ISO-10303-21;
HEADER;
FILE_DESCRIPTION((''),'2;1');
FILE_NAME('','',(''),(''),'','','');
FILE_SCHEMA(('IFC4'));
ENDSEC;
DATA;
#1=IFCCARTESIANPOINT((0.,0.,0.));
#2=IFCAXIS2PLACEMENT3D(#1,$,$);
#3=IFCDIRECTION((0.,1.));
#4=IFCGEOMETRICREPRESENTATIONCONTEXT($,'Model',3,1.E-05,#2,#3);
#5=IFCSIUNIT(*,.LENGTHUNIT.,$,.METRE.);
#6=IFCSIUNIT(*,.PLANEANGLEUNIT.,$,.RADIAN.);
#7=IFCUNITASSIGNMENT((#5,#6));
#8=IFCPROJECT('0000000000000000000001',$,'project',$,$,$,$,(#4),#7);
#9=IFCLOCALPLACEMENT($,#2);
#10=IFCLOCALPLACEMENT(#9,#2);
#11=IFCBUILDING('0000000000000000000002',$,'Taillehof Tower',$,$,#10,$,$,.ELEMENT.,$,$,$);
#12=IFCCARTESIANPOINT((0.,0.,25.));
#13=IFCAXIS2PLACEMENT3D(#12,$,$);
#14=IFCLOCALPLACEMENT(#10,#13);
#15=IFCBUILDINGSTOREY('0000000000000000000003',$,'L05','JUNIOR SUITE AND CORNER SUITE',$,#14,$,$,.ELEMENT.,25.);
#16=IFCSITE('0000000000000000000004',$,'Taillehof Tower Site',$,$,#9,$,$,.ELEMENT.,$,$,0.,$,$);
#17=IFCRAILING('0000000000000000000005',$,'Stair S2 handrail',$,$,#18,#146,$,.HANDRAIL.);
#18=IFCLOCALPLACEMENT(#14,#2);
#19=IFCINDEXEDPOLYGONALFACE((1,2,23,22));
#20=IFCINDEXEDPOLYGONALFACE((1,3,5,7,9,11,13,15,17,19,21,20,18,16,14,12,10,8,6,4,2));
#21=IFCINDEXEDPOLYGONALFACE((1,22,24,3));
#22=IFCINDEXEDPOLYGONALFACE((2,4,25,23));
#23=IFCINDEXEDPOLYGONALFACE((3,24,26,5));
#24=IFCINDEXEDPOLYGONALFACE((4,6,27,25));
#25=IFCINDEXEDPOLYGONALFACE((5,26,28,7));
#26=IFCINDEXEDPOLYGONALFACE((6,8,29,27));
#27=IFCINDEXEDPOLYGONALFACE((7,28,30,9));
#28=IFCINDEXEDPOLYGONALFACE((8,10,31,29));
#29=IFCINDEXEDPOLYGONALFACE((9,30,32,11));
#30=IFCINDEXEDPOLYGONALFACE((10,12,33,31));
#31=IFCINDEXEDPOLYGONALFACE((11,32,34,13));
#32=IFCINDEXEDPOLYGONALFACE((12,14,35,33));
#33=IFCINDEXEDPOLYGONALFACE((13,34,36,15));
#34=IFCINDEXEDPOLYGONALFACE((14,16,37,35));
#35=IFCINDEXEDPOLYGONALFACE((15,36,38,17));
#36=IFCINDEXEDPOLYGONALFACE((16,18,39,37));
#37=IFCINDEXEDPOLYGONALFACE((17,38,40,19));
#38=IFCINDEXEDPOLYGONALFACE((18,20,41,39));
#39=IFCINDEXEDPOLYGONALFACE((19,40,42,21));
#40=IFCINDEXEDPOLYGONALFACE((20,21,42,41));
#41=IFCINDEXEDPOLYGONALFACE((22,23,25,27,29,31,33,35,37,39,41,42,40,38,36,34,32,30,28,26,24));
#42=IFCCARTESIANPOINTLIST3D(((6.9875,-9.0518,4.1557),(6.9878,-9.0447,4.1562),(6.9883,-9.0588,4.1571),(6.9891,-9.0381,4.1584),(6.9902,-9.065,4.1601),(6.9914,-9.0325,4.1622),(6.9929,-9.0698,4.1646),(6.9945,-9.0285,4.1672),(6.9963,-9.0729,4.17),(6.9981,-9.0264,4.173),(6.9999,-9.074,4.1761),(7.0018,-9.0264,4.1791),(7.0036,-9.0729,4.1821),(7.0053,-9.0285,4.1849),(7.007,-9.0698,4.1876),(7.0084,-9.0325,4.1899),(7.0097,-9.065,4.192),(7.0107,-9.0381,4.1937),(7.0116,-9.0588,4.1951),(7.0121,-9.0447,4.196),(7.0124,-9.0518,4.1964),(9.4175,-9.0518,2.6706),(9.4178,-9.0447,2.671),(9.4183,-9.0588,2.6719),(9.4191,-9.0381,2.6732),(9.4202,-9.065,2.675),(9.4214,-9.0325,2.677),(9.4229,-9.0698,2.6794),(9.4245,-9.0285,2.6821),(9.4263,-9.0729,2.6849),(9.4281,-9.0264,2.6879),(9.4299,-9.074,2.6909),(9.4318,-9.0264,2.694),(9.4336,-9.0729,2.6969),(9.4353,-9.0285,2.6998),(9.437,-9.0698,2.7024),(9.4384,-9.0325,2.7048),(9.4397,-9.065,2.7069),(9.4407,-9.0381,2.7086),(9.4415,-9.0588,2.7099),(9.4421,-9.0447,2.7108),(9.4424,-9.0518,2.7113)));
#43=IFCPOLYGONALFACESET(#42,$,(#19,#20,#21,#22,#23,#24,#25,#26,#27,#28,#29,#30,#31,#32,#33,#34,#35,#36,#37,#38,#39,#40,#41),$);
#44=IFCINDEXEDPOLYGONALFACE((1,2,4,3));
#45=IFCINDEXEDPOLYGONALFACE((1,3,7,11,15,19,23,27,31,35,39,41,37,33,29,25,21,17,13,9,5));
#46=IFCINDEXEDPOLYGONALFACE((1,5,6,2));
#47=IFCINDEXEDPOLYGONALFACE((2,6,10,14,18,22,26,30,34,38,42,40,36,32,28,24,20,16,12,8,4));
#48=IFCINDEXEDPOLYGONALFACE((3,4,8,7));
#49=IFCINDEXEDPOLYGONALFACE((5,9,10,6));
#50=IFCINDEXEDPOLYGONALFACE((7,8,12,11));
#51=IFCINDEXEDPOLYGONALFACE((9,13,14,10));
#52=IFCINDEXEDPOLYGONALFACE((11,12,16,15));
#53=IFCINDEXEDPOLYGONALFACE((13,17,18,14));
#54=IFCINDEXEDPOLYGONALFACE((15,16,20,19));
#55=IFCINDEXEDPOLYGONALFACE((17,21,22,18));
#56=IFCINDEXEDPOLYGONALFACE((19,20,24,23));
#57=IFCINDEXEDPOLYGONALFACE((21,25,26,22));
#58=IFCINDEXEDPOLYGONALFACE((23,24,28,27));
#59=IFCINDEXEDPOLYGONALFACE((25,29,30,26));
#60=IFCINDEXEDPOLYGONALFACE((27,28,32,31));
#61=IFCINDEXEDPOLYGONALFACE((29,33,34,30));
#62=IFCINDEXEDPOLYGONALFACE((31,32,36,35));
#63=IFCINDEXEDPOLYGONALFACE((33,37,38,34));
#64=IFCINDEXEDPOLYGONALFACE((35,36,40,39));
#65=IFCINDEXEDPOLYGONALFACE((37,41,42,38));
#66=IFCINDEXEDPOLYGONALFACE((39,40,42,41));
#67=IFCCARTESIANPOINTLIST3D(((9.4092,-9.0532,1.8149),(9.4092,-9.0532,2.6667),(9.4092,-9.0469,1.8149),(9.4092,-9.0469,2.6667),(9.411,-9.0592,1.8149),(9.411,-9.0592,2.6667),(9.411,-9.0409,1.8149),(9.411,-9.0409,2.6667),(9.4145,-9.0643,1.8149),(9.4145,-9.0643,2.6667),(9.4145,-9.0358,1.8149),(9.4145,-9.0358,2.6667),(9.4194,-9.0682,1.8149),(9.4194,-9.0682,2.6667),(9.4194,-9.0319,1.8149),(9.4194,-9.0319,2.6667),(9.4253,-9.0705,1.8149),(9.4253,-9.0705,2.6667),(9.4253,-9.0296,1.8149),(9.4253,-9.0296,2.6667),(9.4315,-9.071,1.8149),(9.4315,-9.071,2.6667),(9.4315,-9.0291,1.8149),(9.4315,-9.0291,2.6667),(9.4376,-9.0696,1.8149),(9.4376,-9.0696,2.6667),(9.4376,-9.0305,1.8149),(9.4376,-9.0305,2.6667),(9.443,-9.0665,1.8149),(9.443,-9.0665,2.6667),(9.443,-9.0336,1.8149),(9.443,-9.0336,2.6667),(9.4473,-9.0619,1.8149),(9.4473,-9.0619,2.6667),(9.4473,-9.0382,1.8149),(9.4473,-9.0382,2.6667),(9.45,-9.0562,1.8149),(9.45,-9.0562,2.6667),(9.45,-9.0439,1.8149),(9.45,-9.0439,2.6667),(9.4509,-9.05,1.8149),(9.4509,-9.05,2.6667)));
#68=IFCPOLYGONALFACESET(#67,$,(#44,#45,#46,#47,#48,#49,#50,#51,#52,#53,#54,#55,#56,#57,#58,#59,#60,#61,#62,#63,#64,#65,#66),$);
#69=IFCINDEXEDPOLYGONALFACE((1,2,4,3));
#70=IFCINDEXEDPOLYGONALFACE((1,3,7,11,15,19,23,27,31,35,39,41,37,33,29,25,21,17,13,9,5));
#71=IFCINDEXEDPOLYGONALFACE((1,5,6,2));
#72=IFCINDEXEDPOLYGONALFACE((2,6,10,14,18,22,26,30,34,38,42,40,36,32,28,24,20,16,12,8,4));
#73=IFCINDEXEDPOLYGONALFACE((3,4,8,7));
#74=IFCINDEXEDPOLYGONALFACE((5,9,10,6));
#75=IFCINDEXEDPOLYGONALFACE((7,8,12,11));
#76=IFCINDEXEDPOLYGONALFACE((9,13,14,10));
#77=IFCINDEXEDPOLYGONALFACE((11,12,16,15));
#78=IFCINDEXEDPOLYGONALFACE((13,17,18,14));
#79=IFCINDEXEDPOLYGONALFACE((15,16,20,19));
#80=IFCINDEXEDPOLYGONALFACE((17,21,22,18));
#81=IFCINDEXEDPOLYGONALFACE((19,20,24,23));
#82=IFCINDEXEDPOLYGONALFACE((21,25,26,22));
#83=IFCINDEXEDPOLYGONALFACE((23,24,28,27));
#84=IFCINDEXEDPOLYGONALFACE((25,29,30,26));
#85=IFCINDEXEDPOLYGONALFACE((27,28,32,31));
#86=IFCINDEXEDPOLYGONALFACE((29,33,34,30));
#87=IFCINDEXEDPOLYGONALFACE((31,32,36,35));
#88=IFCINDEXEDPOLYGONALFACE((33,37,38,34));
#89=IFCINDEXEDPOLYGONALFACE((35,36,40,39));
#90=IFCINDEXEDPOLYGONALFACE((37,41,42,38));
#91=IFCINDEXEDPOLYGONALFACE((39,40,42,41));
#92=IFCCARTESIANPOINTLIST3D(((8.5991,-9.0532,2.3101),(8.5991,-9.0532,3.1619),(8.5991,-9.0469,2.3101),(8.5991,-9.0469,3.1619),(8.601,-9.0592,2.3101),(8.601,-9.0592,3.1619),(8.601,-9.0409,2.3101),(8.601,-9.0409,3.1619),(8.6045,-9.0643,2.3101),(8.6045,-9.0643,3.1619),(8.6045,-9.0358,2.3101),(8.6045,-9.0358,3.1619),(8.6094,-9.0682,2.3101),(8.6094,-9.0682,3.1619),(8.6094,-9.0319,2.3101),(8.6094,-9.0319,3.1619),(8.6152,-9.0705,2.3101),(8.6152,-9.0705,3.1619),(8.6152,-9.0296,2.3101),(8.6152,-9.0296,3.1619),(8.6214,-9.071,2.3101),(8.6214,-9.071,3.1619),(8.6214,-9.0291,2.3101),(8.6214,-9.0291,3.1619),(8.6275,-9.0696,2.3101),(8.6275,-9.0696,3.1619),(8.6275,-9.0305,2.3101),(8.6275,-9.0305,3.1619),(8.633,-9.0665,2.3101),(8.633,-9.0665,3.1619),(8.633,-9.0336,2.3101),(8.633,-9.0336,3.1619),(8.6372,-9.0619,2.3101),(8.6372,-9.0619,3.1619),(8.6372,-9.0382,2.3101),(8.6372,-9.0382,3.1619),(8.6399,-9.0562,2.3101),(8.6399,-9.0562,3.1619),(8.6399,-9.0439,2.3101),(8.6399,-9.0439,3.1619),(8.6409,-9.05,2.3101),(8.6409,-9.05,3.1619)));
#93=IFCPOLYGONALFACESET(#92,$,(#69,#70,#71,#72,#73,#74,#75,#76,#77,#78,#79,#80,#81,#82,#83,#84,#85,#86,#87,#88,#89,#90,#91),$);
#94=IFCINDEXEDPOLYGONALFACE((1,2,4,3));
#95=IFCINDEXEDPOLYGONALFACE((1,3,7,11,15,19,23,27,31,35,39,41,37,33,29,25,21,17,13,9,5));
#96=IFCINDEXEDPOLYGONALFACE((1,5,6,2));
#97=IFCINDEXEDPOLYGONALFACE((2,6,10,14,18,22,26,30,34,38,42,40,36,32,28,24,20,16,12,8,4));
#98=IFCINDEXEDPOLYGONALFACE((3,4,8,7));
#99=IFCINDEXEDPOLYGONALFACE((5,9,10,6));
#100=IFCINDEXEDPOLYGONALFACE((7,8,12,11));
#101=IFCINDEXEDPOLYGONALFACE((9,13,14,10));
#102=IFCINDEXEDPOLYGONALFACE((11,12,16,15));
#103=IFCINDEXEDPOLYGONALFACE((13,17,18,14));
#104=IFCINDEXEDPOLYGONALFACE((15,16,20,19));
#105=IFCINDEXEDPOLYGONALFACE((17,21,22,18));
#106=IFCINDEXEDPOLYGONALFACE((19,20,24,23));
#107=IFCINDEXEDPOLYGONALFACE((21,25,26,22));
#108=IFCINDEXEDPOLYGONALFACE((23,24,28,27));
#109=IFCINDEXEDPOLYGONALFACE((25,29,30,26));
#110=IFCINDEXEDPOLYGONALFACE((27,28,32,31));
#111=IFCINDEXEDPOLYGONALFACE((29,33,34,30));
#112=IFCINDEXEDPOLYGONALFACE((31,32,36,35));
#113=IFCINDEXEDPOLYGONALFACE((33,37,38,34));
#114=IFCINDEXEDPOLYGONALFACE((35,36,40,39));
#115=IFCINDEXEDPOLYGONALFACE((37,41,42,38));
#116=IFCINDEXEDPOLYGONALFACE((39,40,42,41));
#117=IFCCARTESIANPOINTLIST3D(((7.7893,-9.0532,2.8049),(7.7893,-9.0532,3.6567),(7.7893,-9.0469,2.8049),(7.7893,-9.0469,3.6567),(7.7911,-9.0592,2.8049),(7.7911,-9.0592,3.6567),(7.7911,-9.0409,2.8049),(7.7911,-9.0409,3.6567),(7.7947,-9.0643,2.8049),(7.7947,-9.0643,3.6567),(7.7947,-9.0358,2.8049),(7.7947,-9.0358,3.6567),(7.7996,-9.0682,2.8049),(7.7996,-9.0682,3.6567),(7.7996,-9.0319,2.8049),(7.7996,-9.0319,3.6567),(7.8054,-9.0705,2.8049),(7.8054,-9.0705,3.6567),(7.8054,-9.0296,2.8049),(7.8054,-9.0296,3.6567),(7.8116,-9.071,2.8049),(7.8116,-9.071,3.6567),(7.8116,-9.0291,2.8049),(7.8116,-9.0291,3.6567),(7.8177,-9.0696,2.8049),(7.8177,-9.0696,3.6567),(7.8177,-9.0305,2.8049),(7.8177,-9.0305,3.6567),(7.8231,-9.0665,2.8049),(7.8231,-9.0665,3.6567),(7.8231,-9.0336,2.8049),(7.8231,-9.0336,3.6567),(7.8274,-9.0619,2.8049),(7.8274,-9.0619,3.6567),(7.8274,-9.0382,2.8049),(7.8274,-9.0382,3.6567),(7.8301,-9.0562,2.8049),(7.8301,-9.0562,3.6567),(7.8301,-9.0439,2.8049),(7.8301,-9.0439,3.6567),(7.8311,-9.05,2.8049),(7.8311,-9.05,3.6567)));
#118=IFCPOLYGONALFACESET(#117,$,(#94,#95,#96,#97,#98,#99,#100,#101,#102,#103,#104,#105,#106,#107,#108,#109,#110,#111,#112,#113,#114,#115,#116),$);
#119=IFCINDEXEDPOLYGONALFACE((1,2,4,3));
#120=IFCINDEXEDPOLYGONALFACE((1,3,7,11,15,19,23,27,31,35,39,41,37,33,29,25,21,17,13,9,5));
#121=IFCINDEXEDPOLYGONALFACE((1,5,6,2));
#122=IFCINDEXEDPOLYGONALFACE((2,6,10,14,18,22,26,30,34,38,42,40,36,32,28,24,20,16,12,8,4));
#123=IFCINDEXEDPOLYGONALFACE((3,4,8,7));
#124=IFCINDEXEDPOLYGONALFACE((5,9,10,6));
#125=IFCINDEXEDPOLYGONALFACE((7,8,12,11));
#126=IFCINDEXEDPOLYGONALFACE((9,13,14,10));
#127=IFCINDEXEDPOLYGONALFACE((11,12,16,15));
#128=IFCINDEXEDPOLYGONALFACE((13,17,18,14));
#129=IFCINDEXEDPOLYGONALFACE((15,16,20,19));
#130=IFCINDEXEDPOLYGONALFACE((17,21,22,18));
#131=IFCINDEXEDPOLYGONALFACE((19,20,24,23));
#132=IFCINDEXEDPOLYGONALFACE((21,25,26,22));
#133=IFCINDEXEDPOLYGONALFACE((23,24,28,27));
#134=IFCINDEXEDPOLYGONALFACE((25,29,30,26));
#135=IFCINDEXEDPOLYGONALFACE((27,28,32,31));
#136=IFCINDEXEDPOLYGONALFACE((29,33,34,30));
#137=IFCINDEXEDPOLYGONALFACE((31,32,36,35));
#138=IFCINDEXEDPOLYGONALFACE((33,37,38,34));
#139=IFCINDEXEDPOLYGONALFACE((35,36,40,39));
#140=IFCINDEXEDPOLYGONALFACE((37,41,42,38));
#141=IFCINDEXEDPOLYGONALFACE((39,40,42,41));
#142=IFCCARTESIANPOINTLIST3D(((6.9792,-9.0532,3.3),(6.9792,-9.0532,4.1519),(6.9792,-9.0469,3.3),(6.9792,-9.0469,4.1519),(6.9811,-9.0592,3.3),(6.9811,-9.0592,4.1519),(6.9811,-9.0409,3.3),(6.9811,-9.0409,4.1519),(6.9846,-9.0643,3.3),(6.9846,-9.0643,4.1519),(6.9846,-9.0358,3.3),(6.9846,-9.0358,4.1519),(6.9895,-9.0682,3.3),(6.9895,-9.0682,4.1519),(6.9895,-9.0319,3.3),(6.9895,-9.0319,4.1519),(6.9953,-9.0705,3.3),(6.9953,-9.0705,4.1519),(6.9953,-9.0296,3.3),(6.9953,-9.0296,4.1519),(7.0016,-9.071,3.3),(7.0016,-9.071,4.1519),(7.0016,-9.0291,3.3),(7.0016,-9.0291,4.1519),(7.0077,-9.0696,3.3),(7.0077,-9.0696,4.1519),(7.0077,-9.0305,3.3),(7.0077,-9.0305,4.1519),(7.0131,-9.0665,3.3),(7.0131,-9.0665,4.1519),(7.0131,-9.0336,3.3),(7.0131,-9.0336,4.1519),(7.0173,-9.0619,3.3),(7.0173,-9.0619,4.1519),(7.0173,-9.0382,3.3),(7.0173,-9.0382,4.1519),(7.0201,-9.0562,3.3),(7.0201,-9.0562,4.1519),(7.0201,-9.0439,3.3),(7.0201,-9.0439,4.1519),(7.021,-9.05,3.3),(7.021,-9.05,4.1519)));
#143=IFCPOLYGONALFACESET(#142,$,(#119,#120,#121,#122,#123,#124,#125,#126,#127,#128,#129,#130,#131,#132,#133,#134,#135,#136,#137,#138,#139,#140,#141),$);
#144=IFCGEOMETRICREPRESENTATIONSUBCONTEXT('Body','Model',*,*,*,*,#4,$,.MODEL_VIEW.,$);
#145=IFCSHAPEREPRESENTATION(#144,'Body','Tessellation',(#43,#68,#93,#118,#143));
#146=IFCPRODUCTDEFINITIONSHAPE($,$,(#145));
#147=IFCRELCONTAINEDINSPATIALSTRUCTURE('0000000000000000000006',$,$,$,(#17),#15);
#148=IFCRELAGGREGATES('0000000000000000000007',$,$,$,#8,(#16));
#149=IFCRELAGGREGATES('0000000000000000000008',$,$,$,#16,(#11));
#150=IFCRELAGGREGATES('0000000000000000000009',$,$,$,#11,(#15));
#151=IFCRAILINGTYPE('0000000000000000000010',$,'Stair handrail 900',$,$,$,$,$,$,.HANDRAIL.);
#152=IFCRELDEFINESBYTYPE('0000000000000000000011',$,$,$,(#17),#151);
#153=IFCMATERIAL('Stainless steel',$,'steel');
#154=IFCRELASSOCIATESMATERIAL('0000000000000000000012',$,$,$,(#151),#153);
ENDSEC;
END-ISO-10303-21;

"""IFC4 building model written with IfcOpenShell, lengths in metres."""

from ifc_helpers import new_model, si_unit, direction, frame, origin, origin_2d, place, context, subcontext, project, spatial, circle, extrude, material, type_object, element, save


model = new_model("IFC4")

# Units and contexts
model_context = context("Model", 3, precision=1e-05, world=origin(), true_north=direction((0.0, 1.0)))
body_context = subcontext(model_context, "Body", "Model", "MODEL_VIEW")
ifc_project = project(units=[si_unit("LENGTHUNIT", "METRE"), si_unit("PLANEANGLEUNIT", "RADIAN")], contexts=[model_context])

# Site, building, storey
site_placement = place(None, origin())
site = spatial("IfcSite", under=ifc_project, at=site_placement, Name="Taillehof Tower Site", CompositionType="ELEMENT", RefElevation=0.0)
building_placement = place(site_placement, origin())
building = spatial("IfcBuilding", under=site, at=building_placement, Name="Taillehof Tower", CompositionType="ELEMENT")
storey_placement = place(building_placement, frame((0.0, 0.0, 25.0)))
storey = spatial("IfcBuildingStorey", under=building, at=storey_placement, Name="L05", Description="JUNIOR SUITE AND CORNER SUITE", CompositionType="ELEMENT", Elevation=25.0)

# Railing
ifc_material_1 = material(Name="Stainless steel", Category="steel")
railing_type = type_object("IfcRailingType", Name="Stair handrail 900", PredefinedType="HANDRAIL", material=ifc_material_1)
railing_1_placement = place(storey_placement, frame((9.4299, -9.05, 1.8149)))
element("IfcRailing", 1, at=railing_1_placement, inside=storey, type_object=railing_type, Name="Stair S2 handrail", PredefinedType="HANDRAIL", context=body_context, shape_type="SweptSolid", body=[
    extrude(circle(Radius=0.0239, at=origin_2d()), frame((0.0, 0.0, 0.876), z_axis=(-0.853259, 0.0, 0.521488), x_axis=(0.0, -1.0, 0.0)), (0.0, 0.0, 1.0), 2.8479),
    extrude(circle(Radius=0.021, at=origin_2d()), origin(), (0.0, 0.0, 1.0), 0.8518),
    extrude(circle(Radius=0.021, at=origin_2d()), frame((-0.8101, 0.0, 0.4951)), (0.0, 0.0, 1.0), 0.8518),
    extrude(circle(Radius=0.021, at=origin_2d()), frame((-1.6199, 0.0, 0.99)), (0.0, 0.0, 1.0), 0.8518),
    extrude(circle(Radius=0.021, at=origin_2d()), frame((-2.4299, 0.0, 1.4851)), (0.0, 0.0, 1.0), 0.8518),
])

save(model, "model.ifc")
